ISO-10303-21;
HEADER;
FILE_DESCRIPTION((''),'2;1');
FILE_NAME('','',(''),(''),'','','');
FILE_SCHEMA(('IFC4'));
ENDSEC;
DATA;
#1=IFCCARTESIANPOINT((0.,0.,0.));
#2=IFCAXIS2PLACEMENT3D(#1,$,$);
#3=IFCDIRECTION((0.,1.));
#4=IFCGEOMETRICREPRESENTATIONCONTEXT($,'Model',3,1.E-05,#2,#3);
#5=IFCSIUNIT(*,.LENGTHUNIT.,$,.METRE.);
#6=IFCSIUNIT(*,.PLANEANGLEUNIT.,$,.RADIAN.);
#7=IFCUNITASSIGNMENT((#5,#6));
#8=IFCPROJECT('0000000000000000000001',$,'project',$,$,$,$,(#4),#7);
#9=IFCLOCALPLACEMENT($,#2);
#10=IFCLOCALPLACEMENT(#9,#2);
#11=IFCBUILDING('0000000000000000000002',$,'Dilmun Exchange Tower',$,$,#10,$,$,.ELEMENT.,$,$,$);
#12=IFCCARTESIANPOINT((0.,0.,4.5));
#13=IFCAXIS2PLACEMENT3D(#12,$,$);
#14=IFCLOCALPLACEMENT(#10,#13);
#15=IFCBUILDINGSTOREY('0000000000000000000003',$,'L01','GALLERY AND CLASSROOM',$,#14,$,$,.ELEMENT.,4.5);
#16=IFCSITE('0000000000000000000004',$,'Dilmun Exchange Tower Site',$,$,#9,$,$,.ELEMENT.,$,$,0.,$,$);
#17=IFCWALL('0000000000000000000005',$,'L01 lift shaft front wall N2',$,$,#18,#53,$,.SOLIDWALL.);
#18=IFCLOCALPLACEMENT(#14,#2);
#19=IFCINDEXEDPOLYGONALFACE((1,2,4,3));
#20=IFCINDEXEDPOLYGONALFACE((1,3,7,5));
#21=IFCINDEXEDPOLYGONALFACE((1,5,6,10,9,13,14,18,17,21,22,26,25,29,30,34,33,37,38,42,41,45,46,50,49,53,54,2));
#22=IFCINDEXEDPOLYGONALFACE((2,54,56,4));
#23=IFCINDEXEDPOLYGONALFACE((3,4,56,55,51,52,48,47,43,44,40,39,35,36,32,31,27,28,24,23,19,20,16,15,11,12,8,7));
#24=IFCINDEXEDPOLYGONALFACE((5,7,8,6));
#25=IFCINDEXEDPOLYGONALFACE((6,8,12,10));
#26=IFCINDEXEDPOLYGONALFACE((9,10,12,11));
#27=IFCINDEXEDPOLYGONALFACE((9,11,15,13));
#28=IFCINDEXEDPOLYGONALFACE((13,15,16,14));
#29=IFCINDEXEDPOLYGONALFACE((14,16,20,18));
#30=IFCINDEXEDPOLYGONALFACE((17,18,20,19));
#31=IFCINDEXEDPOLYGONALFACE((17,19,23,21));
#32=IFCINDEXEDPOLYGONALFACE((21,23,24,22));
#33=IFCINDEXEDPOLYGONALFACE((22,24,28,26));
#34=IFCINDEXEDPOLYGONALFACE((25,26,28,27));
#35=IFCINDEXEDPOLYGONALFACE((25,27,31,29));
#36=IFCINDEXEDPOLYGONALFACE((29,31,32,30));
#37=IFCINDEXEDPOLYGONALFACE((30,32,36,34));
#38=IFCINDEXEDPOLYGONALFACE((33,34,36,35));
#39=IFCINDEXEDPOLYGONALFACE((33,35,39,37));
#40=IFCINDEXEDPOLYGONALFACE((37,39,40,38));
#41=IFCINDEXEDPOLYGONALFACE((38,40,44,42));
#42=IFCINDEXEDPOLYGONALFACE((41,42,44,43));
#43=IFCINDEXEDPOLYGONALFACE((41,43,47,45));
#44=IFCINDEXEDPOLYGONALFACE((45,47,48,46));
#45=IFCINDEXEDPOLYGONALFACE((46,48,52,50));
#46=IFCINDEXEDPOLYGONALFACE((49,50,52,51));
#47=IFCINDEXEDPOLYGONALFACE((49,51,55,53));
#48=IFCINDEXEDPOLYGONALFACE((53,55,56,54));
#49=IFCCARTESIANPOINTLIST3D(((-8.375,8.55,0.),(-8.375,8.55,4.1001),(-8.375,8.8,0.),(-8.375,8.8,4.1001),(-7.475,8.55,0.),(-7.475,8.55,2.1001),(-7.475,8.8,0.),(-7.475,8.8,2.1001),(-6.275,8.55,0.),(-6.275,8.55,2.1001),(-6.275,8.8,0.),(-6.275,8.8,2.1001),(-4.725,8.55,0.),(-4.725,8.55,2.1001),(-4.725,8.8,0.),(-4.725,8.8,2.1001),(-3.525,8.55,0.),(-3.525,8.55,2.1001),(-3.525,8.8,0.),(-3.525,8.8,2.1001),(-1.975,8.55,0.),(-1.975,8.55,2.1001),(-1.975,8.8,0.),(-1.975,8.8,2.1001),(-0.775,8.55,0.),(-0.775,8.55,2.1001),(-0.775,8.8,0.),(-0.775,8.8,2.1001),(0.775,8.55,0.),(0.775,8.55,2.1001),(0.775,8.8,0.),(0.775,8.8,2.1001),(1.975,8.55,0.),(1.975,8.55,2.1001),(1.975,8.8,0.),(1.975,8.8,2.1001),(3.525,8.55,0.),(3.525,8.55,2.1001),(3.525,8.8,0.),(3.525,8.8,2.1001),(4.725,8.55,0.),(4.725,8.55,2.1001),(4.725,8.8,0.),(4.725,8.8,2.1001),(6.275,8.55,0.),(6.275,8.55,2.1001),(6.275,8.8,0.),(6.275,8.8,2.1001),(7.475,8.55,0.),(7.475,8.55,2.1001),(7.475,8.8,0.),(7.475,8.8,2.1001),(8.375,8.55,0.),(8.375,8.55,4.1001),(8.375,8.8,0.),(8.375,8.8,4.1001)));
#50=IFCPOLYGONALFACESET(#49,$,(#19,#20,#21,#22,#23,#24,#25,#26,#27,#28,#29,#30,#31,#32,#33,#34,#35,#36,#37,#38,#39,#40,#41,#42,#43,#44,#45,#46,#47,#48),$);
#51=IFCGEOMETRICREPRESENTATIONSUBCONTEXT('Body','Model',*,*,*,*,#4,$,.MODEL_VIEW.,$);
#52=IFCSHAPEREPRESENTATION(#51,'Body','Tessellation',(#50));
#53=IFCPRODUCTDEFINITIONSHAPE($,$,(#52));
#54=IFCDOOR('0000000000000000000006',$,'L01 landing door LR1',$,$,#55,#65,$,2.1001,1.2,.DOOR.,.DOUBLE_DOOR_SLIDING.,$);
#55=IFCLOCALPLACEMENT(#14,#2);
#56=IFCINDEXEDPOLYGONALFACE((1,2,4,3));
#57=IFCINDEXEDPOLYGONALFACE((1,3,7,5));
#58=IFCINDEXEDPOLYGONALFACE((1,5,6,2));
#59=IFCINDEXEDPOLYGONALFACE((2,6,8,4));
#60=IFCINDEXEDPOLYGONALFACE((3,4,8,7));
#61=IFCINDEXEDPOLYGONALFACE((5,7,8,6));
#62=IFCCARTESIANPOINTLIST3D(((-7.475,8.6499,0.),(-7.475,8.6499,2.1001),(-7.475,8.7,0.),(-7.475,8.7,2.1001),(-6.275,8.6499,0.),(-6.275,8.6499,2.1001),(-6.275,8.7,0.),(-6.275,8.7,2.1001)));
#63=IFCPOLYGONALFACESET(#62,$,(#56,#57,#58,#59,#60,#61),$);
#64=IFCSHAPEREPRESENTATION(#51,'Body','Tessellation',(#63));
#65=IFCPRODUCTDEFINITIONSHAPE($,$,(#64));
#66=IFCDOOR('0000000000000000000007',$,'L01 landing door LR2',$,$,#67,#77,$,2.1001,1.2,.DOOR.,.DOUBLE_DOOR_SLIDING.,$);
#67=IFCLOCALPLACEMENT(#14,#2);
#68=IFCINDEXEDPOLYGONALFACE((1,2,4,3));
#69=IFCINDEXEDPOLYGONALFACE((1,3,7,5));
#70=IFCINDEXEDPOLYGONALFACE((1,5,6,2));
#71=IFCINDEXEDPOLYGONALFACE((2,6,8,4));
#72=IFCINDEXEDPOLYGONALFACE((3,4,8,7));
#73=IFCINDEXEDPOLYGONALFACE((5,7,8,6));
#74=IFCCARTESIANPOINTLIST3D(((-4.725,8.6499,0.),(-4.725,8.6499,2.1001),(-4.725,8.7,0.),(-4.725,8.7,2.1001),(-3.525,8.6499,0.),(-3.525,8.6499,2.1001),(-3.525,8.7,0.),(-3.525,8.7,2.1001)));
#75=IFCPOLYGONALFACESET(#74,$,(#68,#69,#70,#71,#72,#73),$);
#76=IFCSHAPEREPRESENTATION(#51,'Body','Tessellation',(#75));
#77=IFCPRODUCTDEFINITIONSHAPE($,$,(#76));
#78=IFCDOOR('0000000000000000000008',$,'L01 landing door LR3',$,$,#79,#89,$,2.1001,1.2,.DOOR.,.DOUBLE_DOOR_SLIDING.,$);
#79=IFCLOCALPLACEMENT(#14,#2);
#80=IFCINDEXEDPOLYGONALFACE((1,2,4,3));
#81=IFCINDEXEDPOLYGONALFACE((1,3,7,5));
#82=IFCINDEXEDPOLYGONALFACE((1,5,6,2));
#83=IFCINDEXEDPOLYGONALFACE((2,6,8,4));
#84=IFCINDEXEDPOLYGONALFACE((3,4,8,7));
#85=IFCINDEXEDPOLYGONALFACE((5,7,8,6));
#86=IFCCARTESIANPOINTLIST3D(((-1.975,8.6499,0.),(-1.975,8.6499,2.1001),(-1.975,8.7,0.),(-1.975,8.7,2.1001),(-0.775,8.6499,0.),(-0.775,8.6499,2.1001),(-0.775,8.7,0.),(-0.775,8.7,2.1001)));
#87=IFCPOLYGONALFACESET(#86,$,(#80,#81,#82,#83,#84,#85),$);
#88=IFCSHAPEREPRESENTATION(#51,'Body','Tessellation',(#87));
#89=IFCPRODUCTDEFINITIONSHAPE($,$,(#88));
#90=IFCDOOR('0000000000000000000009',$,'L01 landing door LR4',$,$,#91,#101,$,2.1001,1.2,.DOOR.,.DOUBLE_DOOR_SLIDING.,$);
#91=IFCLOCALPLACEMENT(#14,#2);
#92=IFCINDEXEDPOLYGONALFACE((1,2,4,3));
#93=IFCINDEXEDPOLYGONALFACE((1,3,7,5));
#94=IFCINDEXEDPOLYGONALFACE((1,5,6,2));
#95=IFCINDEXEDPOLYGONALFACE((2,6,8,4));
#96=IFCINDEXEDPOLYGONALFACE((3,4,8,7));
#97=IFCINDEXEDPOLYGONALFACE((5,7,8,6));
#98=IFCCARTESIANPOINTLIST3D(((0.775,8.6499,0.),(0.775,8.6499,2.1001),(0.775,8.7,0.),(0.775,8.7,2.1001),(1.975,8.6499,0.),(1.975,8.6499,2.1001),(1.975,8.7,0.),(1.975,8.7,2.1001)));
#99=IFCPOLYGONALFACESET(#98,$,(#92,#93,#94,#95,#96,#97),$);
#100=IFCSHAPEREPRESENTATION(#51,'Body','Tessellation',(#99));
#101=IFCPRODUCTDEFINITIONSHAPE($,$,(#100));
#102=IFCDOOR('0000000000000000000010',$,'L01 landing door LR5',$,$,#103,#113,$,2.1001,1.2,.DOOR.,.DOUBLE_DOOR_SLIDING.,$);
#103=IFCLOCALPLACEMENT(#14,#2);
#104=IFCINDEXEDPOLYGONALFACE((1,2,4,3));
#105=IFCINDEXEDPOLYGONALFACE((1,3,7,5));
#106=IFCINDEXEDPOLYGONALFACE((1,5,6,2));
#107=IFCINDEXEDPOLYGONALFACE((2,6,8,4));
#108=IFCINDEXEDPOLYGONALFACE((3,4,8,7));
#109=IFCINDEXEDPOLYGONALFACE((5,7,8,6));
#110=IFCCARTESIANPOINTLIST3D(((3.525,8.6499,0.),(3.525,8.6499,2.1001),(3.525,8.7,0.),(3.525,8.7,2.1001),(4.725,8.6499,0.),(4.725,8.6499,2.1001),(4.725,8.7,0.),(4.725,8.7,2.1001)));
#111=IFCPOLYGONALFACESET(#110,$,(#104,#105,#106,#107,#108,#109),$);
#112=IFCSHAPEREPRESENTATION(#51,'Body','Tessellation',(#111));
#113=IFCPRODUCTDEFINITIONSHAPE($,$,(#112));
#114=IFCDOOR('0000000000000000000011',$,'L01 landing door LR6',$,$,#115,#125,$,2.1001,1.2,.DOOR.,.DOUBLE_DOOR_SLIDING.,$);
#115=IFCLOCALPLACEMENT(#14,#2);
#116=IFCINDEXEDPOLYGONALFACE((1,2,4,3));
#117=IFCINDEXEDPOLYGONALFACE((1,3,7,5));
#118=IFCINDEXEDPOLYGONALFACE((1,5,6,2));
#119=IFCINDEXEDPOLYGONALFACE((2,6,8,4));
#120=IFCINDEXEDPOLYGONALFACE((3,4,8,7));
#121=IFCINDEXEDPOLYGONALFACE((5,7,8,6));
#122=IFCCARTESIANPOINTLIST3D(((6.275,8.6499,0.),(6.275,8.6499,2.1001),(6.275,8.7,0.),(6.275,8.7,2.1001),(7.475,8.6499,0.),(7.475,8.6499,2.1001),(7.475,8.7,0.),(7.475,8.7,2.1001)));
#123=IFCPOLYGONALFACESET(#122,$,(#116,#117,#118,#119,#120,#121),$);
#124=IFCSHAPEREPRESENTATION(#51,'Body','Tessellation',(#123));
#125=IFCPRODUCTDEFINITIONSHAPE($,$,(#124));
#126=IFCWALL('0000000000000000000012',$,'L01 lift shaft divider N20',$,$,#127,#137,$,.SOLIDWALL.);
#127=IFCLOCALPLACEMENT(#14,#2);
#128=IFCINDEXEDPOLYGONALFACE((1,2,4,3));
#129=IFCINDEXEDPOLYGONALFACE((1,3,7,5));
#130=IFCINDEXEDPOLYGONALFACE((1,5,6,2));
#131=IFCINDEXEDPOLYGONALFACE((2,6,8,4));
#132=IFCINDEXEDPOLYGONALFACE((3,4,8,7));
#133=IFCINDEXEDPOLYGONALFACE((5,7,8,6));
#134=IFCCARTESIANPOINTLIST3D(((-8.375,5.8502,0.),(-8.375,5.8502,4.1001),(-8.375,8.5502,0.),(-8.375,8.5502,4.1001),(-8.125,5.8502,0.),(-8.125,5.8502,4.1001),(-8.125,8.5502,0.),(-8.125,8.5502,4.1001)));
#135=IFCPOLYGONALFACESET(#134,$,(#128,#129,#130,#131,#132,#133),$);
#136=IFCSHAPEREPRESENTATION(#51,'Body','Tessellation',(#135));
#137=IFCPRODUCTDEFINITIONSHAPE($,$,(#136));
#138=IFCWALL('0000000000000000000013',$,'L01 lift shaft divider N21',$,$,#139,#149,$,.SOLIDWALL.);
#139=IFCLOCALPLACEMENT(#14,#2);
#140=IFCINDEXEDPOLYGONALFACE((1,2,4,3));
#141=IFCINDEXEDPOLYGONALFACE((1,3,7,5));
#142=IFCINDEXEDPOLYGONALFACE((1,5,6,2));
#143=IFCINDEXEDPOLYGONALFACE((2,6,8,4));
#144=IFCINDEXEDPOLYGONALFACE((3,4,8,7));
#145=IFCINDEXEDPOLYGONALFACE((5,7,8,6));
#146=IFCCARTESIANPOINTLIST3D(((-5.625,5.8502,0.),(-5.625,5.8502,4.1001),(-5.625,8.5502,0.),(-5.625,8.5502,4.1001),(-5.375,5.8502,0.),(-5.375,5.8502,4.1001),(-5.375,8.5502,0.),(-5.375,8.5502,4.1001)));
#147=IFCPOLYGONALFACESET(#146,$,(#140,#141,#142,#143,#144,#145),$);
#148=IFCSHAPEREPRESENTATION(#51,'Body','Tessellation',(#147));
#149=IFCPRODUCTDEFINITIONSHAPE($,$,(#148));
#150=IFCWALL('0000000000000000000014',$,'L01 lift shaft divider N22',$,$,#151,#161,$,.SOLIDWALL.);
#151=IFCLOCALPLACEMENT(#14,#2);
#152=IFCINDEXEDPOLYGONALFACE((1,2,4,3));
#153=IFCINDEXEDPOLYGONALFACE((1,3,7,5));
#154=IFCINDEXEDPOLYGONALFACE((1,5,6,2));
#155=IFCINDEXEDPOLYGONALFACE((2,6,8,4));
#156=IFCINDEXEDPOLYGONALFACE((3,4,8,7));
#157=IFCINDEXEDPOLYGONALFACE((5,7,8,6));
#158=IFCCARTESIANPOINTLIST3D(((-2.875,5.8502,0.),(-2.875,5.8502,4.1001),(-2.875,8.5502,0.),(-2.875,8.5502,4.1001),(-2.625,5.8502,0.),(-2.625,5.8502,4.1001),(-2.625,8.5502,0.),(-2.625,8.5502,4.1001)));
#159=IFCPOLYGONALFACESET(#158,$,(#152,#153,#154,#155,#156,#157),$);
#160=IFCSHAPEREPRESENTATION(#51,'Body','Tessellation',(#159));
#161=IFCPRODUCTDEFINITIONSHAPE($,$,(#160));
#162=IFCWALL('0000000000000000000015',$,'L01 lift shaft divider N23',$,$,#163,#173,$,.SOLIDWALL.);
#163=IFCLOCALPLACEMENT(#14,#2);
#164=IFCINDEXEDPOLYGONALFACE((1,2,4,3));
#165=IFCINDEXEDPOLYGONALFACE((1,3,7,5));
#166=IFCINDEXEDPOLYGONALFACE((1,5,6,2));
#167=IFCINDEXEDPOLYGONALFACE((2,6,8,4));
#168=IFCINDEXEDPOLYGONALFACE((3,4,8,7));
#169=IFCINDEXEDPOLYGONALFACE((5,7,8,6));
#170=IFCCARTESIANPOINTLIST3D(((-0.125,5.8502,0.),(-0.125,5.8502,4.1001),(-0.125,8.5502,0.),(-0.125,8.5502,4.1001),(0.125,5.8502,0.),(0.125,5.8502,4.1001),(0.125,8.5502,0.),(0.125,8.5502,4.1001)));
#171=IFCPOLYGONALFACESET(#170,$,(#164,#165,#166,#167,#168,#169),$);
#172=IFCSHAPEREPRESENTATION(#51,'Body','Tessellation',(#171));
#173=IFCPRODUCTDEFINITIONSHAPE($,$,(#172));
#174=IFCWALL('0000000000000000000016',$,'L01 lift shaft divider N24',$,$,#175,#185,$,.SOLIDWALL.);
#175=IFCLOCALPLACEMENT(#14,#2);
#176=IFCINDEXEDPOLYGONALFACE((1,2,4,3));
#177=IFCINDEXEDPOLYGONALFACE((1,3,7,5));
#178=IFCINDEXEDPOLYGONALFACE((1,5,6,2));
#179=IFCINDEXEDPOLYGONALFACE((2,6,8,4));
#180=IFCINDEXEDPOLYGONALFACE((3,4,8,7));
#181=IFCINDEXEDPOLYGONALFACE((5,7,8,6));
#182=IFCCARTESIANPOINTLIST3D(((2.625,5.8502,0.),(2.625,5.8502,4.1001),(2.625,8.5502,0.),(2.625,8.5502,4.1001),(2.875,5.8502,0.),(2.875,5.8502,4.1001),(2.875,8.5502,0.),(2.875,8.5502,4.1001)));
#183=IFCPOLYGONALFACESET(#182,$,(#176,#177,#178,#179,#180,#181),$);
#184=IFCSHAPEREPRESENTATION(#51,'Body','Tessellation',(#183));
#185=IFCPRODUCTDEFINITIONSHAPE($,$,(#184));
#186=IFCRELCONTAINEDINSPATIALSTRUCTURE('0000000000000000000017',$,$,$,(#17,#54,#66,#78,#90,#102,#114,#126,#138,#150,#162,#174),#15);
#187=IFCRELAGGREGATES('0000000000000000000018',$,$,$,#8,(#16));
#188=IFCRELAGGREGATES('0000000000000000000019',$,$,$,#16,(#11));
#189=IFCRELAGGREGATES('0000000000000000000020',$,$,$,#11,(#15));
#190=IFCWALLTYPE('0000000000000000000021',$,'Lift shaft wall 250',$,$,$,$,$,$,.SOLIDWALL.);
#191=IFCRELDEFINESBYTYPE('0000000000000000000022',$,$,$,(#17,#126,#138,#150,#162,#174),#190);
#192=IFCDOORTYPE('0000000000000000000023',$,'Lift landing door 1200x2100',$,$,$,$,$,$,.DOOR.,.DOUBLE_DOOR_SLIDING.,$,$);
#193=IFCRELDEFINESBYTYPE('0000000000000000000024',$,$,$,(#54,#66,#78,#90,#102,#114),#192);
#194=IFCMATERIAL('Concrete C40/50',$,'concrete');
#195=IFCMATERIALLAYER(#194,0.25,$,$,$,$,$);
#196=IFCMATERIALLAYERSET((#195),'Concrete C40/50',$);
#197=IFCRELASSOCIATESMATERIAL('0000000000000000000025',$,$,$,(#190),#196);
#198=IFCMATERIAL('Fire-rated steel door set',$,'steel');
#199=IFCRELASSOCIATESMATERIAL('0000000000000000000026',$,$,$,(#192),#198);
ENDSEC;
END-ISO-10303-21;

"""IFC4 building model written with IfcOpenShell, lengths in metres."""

from ifc_helpers import new_model, si_unit, direction, frame, frame_2d, origin, place, context, subcontext, project, spatial, rectangle, extrude, material, layer, layer_set, type_object, element, fill, save


model = new_model("IFC4")

# Units and contexts
model_context = context("Model", 3, precision=1e-05, world=origin(), true_north=direction((0.0, 1.0)))
body_context = subcontext(model_context, "Body", "Model", "MODEL_VIEW")
ifc_project = project(units=[si_unit("LENGTHUNIT", "METRE"), si_unit("PLANEANGLEUNIT", "RADIAN")], contexts=[model_context])

# Site, building, storey
site_placement = place(None, origin())
site = spatial("IfcSite", under=ifc_project, at=site_placement, Name="Dilmun Exchange Tower Site", CompositionType="ELEMENT", RefElevation=0.0)
building_placement = place(site_placement, origin())
building = spatial("IfcBuilding", under=site, at=building_placement, Name="Dilmun Exchange Tower", CompositionType="ELEMENT")
storey_placement = place(building_placement, frame((0.0, 0.0, 4.5)))
storey = spatial("IfcBuildingStorey", under=building, at=storey_placement, Name="L01", Description="GALLERY AND CLASSROOM", CompositionType="ELEMENT", Elevation=4.5)

# Shared definitions
ifc_material_1 = material(Name="Concrete C40/50", Category="concrete")

# Shared definitions
ifc_material_2 = material(Name="Fire-rated steel door set", Category="steel")

# Wall, openings, doors
ifc_layer_1 = layer(ifc_material_1, 0.25)
ifc_layer_set_1 = layer_set([ifc_layer_1], Name="Concrete C40/50")
wall_type_1 = type_object("IfcWallType", Name="Lift shaft wall 250", PredefinedType="SOLIDWALL", material=ifc_layer_set_1)
wall_1_placement = place(storey_placement, frame((-8.375, 8.675, 0.0), z_axis=(0.0, 0.0, 1.0), x_axis=(1.0, 0.0, 0.0)))
wall_1 = element("IfcWall", 1, at=wall_1_placement, inside=storey, type_object=wall_type_1, Name="L01 lift shaft front wall N2", PredefinedType="SOLIDWALL", context=body_context, shape_type="SweptSolid", body=[
    extrude(rectangle(XDim=16.75, YDim=0.25, at=frame_2d((8.375, 0.0))), origin(), (0.0, 0.0, 1.0), 4.1001),
])
opening_1_placement = place(wall_1_placement, frame((0.8999, 0.0, 0.0)))
opening_1 = element("IfcOpeningElement", 2, at=opening_1_placement, cuts=wall_1, PredefinedType="OPENING", context=body_context, shape_type="SweptSolid", body=[
    extrude(rectangle(XDim=1.2, YDim=2.1001, at=frame_2d((0.6001, 1.05))), frame((0.0, 0.135, 0.0), z_axis=(0.0, -1.0, 0.0), x_axis=(1.0, 0.0, 0.0)), (0.0, 0.0, 1.0), 0.27),
])
opening_2_placement = place(wall_1_placement, frame((3.6499, 0.0, 0.0)))
opening_2 = element("IfcOpeningElement", 3, at=opening_2_placement, cuts=wall_1, PredefinedType="OPENING", context=body_context, shape_type="SweptSolid", body=[
    extrude(rectangle(XDim=1.2, YDim=2.1001, at=frame_2d((0.6001, 1.05))), frame((0.0, 0.135, 0.0), z_axis=(0.0, -1.0, 0.0), x_axis=(1.0, 0.0, 0.0)), (0.0, 0.0, 1.0), 0.27),
])
opening_3_placement = place(wall_1_placement, frame((6.3999, 0.0, 0.0)))
opening_3 = element("IfcOpeningElement", 4, at=opening_3_placement, cuts=wall_1, PredefinedType="OPENING", context=body_context, shape_type="SweptSolid", body=[
    extrude(rectangle(XDim=1.2, YDim=2.1001, at=frame_2d((0.6001, 1.05))), frame((0.0, 0.135, 0.0), z_axis=(0.0, -1.0, 0.0), x_axis=(1.0, 0.0, 0.0)), (0.0, 0.0, 1.0), 0.27),
])
opening_4_placement = place(wall_1_placement, frame((9.1499, 0.0, 0.0)))
opening_4 = element("IfcOpeningElement", 5, at=opening_4_placement, cuts=wall_1, PredefinedType="OPENING", context=body_context, shape_type="SweptSolid", body=[
    extrude(rectangle(XDim=1.2, YDim=2.1001, at=frame_2d((0.6001, 1.05))), frame((0.0, 0.135, 0.0), z_axis=(0.0, -1.0, 0.0), x_axis=(1.0, 0.0, 0.0)), (0.0, 0.0, 1.0), 0.27),
])
opening_5_placement = place(wall_1_placement, frame((11.8999, 0.0, 0.0)))
opening_5 = element("IfcOpeningElement", 6, at=opening_5_placement, cuts=wall_1, PredefinedType="OPENING", context=body_context, shape_type="SweptSolid", body=[
    extrude(rectangle(XDim=1.2, YDim=2.1001, at=frame_2d((0.6001, 1.05))), frame((0.0, 0.135, 0.0), z_axis=(0.0, -1.0, 0.0), x_axis=(1.0, 0.0, 0.0)), (0.0, 0.0, 1.0), 0.27),
])
opening_6_placement = place(wall_1_placement, frame((14.6499, 0.0, 0.0)))
opening_6 = element("IfcOpeningElement", 7, at=opening_6_placement, cuts=wall_1, PredefinedType="OPENING", context=body_context, shape_type="SweptSolid", body=[
    extrude(rectangle(XDim=1.2, YDim=2.1001, at=frame_2d((0.6001, 1.05))), frame((0.0, 0.135, 0.0), z_axis=(0.0, -1.0, 0.0), x_axis=(1.0, 0.0, 0.0)), (0.0, 0.0, 1.0), 0.27),
])
door_type_1 = type_object("IfcDoorType", Name="Lift landing door 1200x2100", OperationType="DOUBLE_DOOR_SLIDING", PredefinedType="DOOR", material=ifc_material_2)
door_1_placement = place(opening_1_placement, origin())
door_1 = element("IfcDoor", 8, at=door_1_placement, inside=storey, type_object=door_type_1, Name="L01 landing door LR1", OperationType="DOUBLE_DOOR_SLIDING", OverallHeight=2.1001, OverallWidth=1.2, PredefinedType="DOOR", context=body_context, shape_type="SweptSolid", body=[
    extrude(rectangle(XDim=1.2, YDim=2.1001, at=frame_2d((0.6001, 1.05))), frame((0.0, 0.0249, 0.0), z_axis=(0.0, -1.0, 0.0), x_axis=(1.0, 0.0, 0.0)), (0.0, 0.0, 1.0), 0.05),
])
fill(opening_1, door_1)
door_2_placement = place(opening_2_placement, origin())
door_2 = element("IfcDoor", 9, at=door_2_placement, inside=storey, type_object=door_type_1, Name="L01 landing door LR2", OperationType="DOUBLE_DOOR_SLIDING", OverallHeight=2.1001, OverallWidth=1.2, PredefinedType="DOOR", context=body_context, shape_type="SweptSolid", body=[
    extrude(rectangle(XDim=1.2, YDim=2.1001, at=frame_2d((0.6001, 1.05))), frame((0.0, 0.0249, 0.0), z_axis=(0.0, -1.0, 0.0), x_axis=(1.0, 0.0, 0.0)), (0.0, 0.0, 1.0), 0.05),
])
fill(opening_2, door_2)
door_3_placement = place(opening_3_placement, origin())
door_3 = element("IfcDoor", 10, at=door_3_placement, inside=storey, type_object=door_type_1, Name="L01 landing door LR3", OperationType="DOUBLE_DOOR_SLIDING", OverallHeight=2.1001, OverallWidth=1.2, PredefinedType="DOOR", context=body_context, shape_type="SweptSolid", body=[
    extrude(rectangle(XDim=1.2, YDim=2.1001, at=frame_2d((0.6001, 1.05))), frame((0.0, 0.0249, 0.0), z_axis=(0.0, -1.0, 0.0), x_axis=(1.0, 0.0, 0.0)), (0.0, 0.0, 1.0), 0.05),
])
fill(opening_3, door_3)
door_4_placement = place(opening_4_placement, origin())
door_4 = element("IfcDoor", 11, at=door_4_placement, inside=storey, type_object=door_type_1, Name="L01 landing door LR4", OperationType="DOUBLE_DOOR_SLIDING", OverallHeight=2.1001, OverallWidth=1.2, PredefinedType="DOOR", context=body_context, shape_type="SweptSolid", body=[
    extrude(rectangle(XDim=1.2, YDim=2.1001, at=frame_2d((0.6001, 1.05))), frame((0.0, 0.0249, 0.0), z_axis=(0.0, -1.0, 0.0), x_axis=(1.0, 0.0, 0.0)), (0.0, 0.0, 1.0), 0.05),
])
fill(opening_4, door_4)
door_5_placement = place(opening_5_placement, origin())
door_5 = element("IfcDoor", 12, at=door_5_placement, inside=storey, type_object=door_type_1, Name="L01 landing door LR5", OperationType="DOUBLE_DOOR_SLIDING", OverallHeight=2.1001, OverallWidth=1.2, PredefinedType="DOOR", context=body_context, shape_type="SweptSolid", body=[
    extrude(rectangle(XDim=1.2, YDim=2.1001, at=frame_2d((0.6001, 1.05))), frame((0.0, 0.0249, 0.0), z_axis=(0.0, -1.0, 0.0), x_axis=(1.0, 0.0, 0.0)), (0.0, 0.0, 1.0), 0.05),
])
fill(opening_5, door_5)
door_6_placement = place(opening_6_placement, origin())
door_6 = element("IfcDoor", 13, at=door_6_placement, inside=storey, type_object=door_type_1, Name="L01 landing door LR6", OperationType="DOUBLE_DOOR_SLIDING", OverallHeight=2.1001, OverallWidth=1.2, PredefinedType="DOOR", context=body_context, shape_type="SweptSolid", body=[
    extrude(rectangle(XDim=1.2, YDim=2.1001, at=frame_2d((0.6001, 1.05))), frame((0.0, 0.0249, 0.0), z_axis=(0.0, -1.0, 0.0), x_axis=(1.0, 0.0, 0.0)), (0.0, 0.0, 1.0), 0.05),
])
fill(opening_6, door_6)

# Walls
for number, where, z_axis, x_axis, name in (
    (14, (-8.25, 5.8501, 0.0), (0.0, 0.0, 1.0), (0.0, 1.0, 0.0), "L01 lift shaft divider N20"),
    (15, (-5.5, 5.8501, 0.0), (0.0, 0.0, 1.0), (0.0, 1.0, 0.0), "L01 lift shaft divider N21"),
    (16, (-2.75, 5.8501, 0.0), (0.0, 0.0, 1.0), (0.0, 1.0, 0.0), "L01 lift shaft divider N22"),
    (17, (0.0, 5.8501, 0.0), (0.0, 0.0, 1.0), (0.0, 1.0, 0.0), "L01 lift shaft divider N23"),
    (18, (2.75, 5.8501, 0.0), (0.0, 0.0, 1.0), (0.0, 1.0, 0.0), "L01 lift shaft divider N24"),
):
    element("IfcWall", number, at=place(storey_placement, frame(where, z_axis=z_axis, x_axis=x_axis)), inside=storey, type_object=wall_type_1, Name=name, PredefinedType="SOLIDWALL", context=body_context, shape_type="SweptSolid", body=[
        extrude(rectangle(XDim=2.7, YDim=0.25, at=frame_2d((1.3501, 0.0))), origin(), (0.0, 0.0, 1.0), 4.1001),
    ])

save(model, "model.ifc")
